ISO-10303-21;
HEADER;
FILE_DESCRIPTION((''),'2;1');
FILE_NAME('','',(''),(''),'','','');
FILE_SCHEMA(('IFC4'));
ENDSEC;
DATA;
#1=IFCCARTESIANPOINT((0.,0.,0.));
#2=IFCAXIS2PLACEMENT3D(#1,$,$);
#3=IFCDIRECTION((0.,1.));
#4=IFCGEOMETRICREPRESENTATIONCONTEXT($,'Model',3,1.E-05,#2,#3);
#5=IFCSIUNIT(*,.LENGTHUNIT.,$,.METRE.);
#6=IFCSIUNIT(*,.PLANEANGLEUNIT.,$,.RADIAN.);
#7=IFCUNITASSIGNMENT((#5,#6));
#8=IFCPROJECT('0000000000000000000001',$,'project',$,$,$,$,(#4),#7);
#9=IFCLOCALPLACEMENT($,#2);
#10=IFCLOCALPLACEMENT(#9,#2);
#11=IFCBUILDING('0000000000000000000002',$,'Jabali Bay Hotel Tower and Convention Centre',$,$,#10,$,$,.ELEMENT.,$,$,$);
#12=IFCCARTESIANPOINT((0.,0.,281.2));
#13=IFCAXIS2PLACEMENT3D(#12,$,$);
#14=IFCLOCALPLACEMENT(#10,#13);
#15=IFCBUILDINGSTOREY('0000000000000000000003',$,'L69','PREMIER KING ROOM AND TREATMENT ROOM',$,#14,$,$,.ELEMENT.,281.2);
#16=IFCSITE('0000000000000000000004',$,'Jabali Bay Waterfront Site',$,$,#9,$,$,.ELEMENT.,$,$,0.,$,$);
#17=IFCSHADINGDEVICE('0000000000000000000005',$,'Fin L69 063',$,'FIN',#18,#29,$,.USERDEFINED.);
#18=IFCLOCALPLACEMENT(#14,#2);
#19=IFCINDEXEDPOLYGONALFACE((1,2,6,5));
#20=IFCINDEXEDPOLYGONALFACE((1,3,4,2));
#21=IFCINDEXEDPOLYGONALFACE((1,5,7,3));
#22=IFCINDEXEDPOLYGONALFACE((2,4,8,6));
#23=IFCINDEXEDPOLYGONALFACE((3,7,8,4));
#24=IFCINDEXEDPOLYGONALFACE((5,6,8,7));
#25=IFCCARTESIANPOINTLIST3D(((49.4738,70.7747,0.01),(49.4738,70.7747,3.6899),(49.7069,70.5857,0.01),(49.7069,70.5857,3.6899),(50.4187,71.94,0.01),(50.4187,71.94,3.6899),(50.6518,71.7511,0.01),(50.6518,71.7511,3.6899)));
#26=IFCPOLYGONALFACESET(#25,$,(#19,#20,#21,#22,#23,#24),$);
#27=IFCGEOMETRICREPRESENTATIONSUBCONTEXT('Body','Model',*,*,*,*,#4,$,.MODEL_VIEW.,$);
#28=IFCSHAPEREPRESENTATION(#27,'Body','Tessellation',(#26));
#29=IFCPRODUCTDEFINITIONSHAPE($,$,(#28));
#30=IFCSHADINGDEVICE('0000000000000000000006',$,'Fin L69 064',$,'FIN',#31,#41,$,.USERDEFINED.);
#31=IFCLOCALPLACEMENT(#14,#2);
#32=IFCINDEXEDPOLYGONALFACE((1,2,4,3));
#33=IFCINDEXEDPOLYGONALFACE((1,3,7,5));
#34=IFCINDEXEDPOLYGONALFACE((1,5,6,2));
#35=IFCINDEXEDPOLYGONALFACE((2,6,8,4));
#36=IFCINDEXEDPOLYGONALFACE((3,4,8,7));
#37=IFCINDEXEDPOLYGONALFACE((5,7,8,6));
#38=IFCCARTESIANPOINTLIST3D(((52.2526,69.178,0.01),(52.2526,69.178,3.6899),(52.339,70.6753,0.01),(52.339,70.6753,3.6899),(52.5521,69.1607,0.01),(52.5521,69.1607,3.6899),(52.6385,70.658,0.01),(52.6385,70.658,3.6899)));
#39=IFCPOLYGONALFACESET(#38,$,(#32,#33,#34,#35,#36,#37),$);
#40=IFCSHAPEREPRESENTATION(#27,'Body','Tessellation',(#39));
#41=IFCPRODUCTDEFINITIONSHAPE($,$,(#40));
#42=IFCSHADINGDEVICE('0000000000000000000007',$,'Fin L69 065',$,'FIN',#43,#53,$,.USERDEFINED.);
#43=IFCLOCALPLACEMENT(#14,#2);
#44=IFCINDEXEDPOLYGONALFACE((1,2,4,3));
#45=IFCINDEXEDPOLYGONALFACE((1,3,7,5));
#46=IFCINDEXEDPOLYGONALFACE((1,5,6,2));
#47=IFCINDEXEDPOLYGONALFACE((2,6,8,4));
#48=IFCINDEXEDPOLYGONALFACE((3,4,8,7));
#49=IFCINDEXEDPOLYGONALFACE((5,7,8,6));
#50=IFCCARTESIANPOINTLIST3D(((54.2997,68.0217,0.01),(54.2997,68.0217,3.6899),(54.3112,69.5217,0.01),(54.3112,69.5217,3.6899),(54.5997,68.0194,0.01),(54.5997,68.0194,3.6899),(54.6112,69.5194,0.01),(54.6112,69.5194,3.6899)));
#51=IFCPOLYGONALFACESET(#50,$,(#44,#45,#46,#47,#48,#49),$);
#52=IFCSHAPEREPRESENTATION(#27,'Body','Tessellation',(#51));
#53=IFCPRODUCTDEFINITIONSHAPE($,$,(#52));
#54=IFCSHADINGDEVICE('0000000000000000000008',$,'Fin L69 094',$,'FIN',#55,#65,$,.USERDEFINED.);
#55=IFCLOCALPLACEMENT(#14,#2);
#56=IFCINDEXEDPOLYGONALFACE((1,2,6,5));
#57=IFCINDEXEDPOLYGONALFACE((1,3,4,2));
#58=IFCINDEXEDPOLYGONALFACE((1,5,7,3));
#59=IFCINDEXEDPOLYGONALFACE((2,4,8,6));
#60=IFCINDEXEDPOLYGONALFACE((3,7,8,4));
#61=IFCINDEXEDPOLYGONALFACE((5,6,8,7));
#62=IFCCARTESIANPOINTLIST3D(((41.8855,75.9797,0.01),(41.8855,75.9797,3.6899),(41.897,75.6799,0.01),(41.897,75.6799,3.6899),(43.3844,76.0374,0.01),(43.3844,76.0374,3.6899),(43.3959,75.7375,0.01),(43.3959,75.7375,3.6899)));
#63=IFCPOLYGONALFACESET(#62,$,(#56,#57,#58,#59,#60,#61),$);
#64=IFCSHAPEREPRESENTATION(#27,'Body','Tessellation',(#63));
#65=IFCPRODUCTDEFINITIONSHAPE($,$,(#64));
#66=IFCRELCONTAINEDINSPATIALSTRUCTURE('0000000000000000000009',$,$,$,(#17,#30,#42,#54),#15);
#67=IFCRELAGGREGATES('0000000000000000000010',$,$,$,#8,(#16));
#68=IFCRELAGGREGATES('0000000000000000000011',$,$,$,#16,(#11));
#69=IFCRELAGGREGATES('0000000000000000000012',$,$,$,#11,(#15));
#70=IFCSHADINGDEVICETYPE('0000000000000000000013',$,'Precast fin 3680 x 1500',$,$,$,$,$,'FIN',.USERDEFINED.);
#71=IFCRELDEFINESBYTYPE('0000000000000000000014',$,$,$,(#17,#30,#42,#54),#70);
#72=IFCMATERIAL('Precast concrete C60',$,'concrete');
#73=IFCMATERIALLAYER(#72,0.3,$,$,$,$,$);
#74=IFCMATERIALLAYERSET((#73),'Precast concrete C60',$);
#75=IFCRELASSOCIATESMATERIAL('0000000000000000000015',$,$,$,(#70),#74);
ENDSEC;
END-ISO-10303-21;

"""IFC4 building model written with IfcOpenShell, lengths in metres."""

from ifc_helpers import new_model, si_unit, direction, frame, frame_2d, origin, place, context, subcontext, project, spatial, rectangle, extrude, material, layer, layer_set, type_object, element, save


model = new_model("IFC4")

# Units and contexts
model_context = context("Model", 3, precision=1e-05, world=origin(), true_north=direction((0.0, 1.0)))
body_context = subcontext(model_context, "Body", "Model", "MODEL_VIEW")
ifc_project = project(units=[si_unit("LENGTHUNIT", "METRE"), si_unit("PLANEANGLEUNIT", "RADIAN")], contexts=[model_context])

# Site, building, storey
site_placement = place(None, origin())
site = spatial("IfcSite", under=ifc_project, at=site_placement, Name="Jabali Bay Waterfront Site", CompositionType="ELEMENT", RefElevation=0.0)
building_placement = place(site_placement, origin())
building = spatial("IfcBuilding", under=site, at=building_placement, Name="Jabali Bay Hotel Tower and Convention Centre", CompositionType="ELEMENT")
storey_placement = place(building_placement, frame((0.0, 0.0, 281.2)))
storey = spatial("IfcBuildingStorey", under=building, at=storey_placement, Name="L69", Description="PREMIER KING ROOM AND TREATMENT ROOM", CompositionType="ELEMENT", Elevation=281.2)

# Shading devices
ifc_material_1 = material(Name="Precast concrete C60", Category="concrete")
ifc_layer_1 = layer(ifc_material_1, 0.3)
ifc_layer_set_1 = layer_set([ifc_layer_1], Name="Precast concrete C60")
shading_device_type = type_object("IfcShadingDeviceType", Name="Precast fin 3680 x 1500", ElementType="FIN", PredefinedType="USERDEFINED", material=ifc_layer_set_1)
shading_device_1_placement = place(storey_placement, frame((50.5352, 71.8455, 0.01), z_axis=(0.0, 0.0, 1.0), x_axis=(-0.629802, -0.776756, 0.0)))
element("IfcShadingDevice", 1, at=shading_device_1_placement, inside=storey, type_object=shading_device_type, Name="Fin L69 063", ObjectType="FIN", PredefinedType="USERDEFINED", context=body_context, shape_type="SweptSolid", body=[
    extrude(rectangle(XDim=1.5002, YDim=0.3, at=frame_2d((0.75, 0.0))), origin(), (0.0, 0.0, 1.0), 3.6799),
])
shading_device_2_placement = place(storey_placement, frame((52.4888, 70.6667, 0.01), z_axis=(0.0, 0.0, 1.0), x_axis=(-0.057625, -0.998338, 0.0)))
element("IfcShadingDevice", 2, at=shading_device_2_placement, inside=storey, type_object=shading_device_type, Name="Fin L69 064", ObjectType="FIN", PredefinedType="USERDEFINED", context=body_context, shape_type="SweptSolid", body=[
    extrude(rectangle(XDim=1.4998, YDim=0.3, at=frame_2d((0.75, 0.0))), origin(), (0.0, 0.0, 1.0), 3.6799),
])
for number, where, z_axis, x_axis, name in (
    (3, (54.4612, 69.5205, 0.01), (0.0, 0.0, 1.0), (-0.00765, -0.999971, 0.0), "Fin L69 065"),
    (4, (43.3901, 75.8875, 0.01), (0.0, 0.0, 1.0), (-0.999262, -0.038414, 0.0), "Fin L69 094"),
):
    element("IfcShadingDevice", number, at=place(storey_placement, frame(where, z_axis=z_axis, x_axis=x_axis)), inside=storey, type_object=shading_device_type, Name=name, ObjectType="FIN", PredefinedType="USERDEFINED", context=body_context, shape_type="SweptSolid", body=[
        extrude(rectangle(XDim=1.5, YDim=0.3, at=frame_2d((0.75, 0.0))), origin(), (0.0, 0.0, 1.0), 3.6799),
    ])

save(model, "model.ifc")
